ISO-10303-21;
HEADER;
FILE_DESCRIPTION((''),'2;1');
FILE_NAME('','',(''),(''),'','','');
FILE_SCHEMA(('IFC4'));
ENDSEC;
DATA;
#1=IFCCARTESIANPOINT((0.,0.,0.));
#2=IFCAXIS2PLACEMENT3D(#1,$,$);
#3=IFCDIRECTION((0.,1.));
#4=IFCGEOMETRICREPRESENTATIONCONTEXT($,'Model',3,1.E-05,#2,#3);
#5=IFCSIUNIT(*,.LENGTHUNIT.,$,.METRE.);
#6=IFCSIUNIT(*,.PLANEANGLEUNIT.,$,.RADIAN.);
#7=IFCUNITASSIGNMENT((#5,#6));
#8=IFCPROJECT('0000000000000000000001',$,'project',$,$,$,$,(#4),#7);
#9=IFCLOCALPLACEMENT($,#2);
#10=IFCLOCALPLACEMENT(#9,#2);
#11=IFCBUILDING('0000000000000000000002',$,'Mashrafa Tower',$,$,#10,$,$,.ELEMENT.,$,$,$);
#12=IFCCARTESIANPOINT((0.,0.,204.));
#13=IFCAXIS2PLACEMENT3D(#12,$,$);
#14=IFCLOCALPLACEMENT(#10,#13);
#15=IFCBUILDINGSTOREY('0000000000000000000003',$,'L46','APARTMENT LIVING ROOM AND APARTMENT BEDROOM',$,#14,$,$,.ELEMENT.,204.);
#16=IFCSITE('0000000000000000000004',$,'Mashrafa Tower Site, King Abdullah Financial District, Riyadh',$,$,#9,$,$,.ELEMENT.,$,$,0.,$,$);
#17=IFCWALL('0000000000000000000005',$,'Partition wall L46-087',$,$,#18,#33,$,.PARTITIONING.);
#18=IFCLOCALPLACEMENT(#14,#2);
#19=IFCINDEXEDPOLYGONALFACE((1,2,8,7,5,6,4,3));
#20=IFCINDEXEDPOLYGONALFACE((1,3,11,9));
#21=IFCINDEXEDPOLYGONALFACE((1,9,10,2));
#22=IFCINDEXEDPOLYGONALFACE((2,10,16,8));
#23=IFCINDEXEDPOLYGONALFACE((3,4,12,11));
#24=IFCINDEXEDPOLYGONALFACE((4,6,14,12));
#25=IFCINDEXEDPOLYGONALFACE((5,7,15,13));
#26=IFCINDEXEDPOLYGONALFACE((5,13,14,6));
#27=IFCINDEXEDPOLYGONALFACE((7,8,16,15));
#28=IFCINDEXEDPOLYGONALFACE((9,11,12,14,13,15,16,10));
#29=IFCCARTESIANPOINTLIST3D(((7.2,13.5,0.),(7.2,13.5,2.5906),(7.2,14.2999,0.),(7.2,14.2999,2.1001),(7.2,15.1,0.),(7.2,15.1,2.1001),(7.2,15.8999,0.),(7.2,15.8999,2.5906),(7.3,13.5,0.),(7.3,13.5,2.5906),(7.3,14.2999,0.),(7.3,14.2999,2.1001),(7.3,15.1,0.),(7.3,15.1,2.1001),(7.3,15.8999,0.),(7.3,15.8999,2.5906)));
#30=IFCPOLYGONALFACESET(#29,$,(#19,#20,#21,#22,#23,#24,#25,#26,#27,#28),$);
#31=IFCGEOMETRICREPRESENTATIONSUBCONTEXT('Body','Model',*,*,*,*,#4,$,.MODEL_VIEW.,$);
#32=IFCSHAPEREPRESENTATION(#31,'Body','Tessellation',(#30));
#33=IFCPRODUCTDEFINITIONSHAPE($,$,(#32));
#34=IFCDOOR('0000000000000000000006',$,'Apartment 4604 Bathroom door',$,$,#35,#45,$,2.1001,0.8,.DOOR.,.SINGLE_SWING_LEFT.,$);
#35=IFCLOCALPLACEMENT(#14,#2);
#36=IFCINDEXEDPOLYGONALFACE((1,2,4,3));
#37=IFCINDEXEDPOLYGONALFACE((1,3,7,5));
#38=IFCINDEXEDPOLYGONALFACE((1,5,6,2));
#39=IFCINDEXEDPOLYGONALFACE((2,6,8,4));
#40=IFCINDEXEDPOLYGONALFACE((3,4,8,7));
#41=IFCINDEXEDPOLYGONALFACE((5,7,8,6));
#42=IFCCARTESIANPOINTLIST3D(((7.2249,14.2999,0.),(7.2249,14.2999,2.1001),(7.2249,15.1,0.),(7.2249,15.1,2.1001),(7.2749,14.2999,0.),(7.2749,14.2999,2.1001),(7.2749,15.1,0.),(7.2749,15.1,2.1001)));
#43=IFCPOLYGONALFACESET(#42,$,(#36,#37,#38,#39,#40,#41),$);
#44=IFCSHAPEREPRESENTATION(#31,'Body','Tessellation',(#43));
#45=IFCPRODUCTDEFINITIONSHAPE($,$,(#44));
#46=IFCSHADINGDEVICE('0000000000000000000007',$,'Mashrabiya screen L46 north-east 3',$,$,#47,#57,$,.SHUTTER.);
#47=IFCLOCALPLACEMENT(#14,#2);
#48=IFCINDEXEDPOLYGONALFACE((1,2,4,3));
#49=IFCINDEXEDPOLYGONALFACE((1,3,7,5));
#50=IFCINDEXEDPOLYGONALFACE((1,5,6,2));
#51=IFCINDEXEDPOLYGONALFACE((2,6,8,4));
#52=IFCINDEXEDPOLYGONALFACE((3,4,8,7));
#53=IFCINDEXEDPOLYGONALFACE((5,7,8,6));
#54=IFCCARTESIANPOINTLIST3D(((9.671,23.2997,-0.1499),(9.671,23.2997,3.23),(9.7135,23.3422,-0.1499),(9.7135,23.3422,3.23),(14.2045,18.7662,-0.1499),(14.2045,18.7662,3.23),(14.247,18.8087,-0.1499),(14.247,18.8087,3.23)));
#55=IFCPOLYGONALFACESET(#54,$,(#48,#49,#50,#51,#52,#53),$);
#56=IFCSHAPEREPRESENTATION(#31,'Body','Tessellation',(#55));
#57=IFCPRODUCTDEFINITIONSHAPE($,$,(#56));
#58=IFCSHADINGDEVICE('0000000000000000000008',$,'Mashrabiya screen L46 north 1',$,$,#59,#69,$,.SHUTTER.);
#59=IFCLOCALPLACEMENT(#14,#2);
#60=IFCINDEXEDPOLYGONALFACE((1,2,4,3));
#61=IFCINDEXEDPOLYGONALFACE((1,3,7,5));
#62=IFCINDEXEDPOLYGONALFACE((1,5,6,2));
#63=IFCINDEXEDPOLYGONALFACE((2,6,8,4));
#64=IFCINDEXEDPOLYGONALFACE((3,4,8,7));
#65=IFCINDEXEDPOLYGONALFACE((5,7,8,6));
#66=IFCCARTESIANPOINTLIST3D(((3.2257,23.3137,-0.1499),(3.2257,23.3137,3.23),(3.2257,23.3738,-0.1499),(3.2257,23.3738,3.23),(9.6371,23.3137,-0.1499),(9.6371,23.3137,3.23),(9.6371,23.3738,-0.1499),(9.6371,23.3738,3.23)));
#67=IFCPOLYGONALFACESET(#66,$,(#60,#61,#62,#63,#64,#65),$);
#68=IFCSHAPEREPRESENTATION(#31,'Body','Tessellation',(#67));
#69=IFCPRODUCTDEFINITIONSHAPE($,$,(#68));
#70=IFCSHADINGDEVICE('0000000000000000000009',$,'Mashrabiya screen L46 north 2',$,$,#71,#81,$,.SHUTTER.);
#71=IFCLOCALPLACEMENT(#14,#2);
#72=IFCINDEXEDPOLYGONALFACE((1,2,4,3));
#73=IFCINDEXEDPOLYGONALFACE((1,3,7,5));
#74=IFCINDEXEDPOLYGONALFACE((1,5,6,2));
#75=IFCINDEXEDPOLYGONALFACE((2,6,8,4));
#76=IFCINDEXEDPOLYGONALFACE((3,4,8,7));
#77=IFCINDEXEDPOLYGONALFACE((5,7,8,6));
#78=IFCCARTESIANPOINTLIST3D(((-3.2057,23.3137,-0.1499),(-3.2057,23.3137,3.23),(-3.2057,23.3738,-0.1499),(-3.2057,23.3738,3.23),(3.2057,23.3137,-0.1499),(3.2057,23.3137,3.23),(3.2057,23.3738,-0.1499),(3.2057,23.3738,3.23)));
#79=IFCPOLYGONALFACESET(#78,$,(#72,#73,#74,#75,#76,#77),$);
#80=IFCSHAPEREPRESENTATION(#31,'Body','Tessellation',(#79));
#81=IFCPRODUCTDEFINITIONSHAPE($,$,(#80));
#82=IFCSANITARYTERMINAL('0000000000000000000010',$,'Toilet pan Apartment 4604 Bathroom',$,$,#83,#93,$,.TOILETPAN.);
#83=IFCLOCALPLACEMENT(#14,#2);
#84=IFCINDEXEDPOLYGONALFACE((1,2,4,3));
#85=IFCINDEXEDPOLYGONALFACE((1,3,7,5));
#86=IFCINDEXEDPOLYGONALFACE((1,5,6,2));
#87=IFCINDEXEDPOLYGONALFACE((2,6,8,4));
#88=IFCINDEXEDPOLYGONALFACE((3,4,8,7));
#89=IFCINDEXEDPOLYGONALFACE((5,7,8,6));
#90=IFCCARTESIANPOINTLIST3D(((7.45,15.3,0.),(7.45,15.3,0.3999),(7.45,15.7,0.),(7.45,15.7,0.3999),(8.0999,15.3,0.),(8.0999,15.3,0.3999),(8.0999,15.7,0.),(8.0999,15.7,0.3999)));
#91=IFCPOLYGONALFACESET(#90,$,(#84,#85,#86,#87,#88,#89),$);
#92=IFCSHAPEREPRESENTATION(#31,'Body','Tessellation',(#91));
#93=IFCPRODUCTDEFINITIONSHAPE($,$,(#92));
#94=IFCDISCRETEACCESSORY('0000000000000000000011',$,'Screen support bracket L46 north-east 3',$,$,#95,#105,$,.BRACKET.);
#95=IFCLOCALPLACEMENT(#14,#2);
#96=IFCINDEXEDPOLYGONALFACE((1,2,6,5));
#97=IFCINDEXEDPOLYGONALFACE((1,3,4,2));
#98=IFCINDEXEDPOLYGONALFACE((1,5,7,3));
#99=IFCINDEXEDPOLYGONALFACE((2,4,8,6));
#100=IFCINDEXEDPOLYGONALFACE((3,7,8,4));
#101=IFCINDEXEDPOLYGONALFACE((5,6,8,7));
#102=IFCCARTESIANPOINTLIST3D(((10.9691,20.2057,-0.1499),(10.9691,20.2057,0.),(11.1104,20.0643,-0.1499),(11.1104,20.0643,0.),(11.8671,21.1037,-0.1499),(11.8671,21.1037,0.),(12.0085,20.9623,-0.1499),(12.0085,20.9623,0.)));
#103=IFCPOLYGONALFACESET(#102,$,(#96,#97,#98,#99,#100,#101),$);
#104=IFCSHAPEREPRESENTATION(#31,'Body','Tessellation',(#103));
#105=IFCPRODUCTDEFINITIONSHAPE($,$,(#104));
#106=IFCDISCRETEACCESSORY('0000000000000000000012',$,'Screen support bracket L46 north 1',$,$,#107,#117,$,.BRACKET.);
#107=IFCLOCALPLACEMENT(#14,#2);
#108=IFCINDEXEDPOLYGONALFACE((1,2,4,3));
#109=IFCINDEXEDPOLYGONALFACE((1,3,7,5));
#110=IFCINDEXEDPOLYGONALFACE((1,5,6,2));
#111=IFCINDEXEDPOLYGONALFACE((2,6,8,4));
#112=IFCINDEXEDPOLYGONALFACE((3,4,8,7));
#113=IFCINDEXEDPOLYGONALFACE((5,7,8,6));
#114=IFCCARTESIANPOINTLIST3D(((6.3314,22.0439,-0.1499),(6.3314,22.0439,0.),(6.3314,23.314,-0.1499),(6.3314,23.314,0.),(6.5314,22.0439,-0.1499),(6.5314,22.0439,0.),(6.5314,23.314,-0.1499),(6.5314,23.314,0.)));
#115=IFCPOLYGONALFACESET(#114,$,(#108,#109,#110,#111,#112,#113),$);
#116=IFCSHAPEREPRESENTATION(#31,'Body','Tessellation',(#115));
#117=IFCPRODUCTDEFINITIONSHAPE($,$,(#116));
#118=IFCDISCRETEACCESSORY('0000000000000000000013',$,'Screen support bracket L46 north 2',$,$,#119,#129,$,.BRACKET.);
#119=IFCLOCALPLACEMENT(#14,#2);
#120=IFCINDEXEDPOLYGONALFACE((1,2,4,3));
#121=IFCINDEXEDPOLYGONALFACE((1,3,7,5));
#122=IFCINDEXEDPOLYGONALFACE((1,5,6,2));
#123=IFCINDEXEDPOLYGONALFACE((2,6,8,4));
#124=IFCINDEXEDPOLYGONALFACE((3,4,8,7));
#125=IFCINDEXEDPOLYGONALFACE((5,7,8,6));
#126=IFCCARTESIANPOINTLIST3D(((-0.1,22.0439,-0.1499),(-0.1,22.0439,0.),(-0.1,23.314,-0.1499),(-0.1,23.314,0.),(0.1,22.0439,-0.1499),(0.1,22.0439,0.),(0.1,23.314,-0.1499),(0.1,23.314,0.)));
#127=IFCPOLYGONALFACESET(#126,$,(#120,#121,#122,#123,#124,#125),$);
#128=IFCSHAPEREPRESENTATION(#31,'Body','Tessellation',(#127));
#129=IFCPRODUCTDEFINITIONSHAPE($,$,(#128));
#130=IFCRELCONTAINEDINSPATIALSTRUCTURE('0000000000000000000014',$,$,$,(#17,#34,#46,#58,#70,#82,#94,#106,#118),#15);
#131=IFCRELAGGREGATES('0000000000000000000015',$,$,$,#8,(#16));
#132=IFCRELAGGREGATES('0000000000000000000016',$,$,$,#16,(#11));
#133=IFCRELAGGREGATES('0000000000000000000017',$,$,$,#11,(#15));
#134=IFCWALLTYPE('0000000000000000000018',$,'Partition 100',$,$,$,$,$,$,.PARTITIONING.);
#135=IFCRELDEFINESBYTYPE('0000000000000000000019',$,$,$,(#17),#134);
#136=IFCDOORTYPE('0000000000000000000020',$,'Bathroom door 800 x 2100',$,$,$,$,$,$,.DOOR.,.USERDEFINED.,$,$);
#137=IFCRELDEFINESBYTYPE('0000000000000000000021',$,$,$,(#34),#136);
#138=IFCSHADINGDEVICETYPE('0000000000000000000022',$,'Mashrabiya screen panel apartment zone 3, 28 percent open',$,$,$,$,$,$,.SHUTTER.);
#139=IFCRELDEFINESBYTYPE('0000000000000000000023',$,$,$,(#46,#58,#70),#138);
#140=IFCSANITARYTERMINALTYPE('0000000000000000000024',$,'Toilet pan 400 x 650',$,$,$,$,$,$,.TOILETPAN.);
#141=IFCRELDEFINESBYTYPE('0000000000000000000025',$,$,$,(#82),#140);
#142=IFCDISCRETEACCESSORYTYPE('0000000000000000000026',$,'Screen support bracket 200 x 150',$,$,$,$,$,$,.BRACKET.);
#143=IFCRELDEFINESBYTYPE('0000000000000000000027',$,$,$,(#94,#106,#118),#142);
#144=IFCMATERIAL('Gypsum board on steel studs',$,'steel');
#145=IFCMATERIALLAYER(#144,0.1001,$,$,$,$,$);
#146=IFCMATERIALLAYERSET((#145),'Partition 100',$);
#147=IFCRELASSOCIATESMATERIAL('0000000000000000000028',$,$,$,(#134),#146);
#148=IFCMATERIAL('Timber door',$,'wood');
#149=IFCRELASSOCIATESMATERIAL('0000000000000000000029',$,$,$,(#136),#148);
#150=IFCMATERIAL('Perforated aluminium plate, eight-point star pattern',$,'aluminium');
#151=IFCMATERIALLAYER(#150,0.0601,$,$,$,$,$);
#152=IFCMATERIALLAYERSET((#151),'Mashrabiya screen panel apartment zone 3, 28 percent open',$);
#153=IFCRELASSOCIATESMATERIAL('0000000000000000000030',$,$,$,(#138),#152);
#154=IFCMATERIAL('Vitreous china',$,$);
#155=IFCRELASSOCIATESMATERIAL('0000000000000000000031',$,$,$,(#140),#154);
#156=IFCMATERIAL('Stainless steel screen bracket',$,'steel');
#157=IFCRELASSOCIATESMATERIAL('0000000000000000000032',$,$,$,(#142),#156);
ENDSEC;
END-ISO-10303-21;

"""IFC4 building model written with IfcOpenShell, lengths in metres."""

from ifc_helpers import new_model, si_unit, direction, frame, frame_2d, origin, origin_2d, place, context, subcontext, project, spatial, rectangle, extrude, source, transform, mapped, material, layer, layer_set, type_object, type_shapes, element, fill, save


model = new_model("IFC4")

# Units and contexts
model_context = context("Model", 3, precision=1e-05, world=origin(), true_north=direction((0.0, 1.0)))
body_context = subcontext(model_context, "Body", "Model", "MODEL_VIEW")
ifc_project = project(units=[si_unit("LENGTHUNIT", "METRE"), si_unit("PLANEANGLEUNIT", "RADIAN")], contexts=[model_context])

# Site, building, storey
site_placement = place(None, origin())
site = spatial("IfcSite", under=ifc_project, at=site_placement, Name="Mashrafa Tower Site, King Abdullah Financial District, Riyadh", CompositionType="ELEMENT", RefElevation=0.0)
building_placement = place(site_placement, origin())
building = spatial("IfcBuilding", under=site, at=building_placement, Name="Mashrafa Tower", CompositionType="ELEMENT")
storey_placement = place(building_placement, frame((0.0, 0.0, 204.0)))
storey = spatial("IfcBuildingStorey", under=building, at=storey_placement, Name="L46", Description="APARTMENT LIVING ROOM AND APARTMENT BEDROOM", CompositionType="ELEMENT", Elevation=204.0)

# Shared definitions
ifc_material_1 = material(Name="Gypsum board on steel studs", Category="steel")
ifc_layer_1 = layer(ifc_material_1, 0.1001)
ifc_layer_set_1 = layer_set([ifc_layer_1], Name="Partition 100")
wall_type_1 = type_object("IfcWallType", Name="Partition 100", PredefinedType="PARTITIONING", material=ifc_layer_set_1)

# Wall, opening, door
wall_1_placement = place(storey_placement, frame((7.25, 15.8999, 0.0), z_axis=(0.0, 0.0, 1.0), x_axis=(0.0, -1.0, 0.0)))
wall_1 = element("IfcWall", 1, at=wall_1_placement, inside=storey, type_object=wall_type_1, Name="Partition wall L46-087", PredefinedType="PARTITIONING", context=body_context, shape_type="SweptSolid", body=[
    extrude(rectangle(XDim=2.3999, YDim=0.1001, at=frame_2d((1.2, 0.0))), origin(), (0.0, 0.0, 1.0), 2.5906),
])
opening_1_placement = place(wall_1_placement, frame((0.8, 0.0, 0.0)))
opening_1 = element("IfcOpeningElement", 2, at=opening_1_placement, cuts=wall_1, PredefinedType="OPENING", context=body_context, shape_type="SweptSolid", body=[
    extrude(rectangle(XDim=0.8, YDim=2.1001, at=frame_2d((0.3999, 1.05))), frame((0.0, 0.0601, 0.0), z_axis=(0.0, -1.0, 0.0), x_axis=(1.0, 0.0, 0.0)), (0.0, 0.0, 1.0), 0.1201),
])
ifc_material_2 = material(Name="Timber door", Category="wood")
door_type_1 = type_object("IfcDoorType", Name="Bathroom door 800 x 2100", OperationType="USERDEFINED", PredefinedType="DOOR", material=ifc_material_2)
door_1_placement = place(opening_1_placement, origin())
door_1 = element("IfcDoor", 3, at=door_1_placement, inside=storey, type_object=door_type_1, Name="Apartment 4604 Bathroom door", OperationType="SINGLE_SWING_LEFT", OverallHeight=2.1001, OverallWidth=0.8, PredefinedType="DOOR", context=body_context, shape_type="SweptSolid", body=[
    extrude(rectangle(XDim=0.8, YDim=2.1001, at=frame_2d((0.3999, 1.05))), frame((0.0, 0.0249, 0.0), z_axis=(0.0, -1.0, 0.0), x_axis=(1.0, 0.0, 0.0)), (0.0, 0.0, 1.0), 0.05),
])
fill(opening_1, door_1)

# Shading devices
ifc_material_3 = material(Name="Perforated aluminium plate, eight-point star pattern", Category="aluminium")
ifc_layer_2 = layer(ifc_material_3, 0.0601)
ifc_layer_set_2 = layer_set([ifc_layer_2], Name="Mashrabiya screen panel apartment zone 3, 28 percent open")
shading_device_type = type_object("IfcShadingDeviceType", Name="Mashrabiya screen panel apartment zone 3, 28 percent open", PredefinedType="SHUTTER", material=ifc_layer_set_2)
shared_shape_1 = source(origin(), body_context, "Body", "SweptSolid", [
    extrude(rectangle(XDim=6.4114, YDim=0.0601, at=origin_2d()), origin(), (0.0, 0.0, 1.0), 3.3799),
])
type_shapes(shading_device_type, [shared_shape_1])
for number, where, z_axis, x_axis, name in (
    (4, (11.959, 21.0542, -0.1499), (0.0, 0.0, 1.0), (-0.707107, 0.707107, 0.0), "Mashrabiya screen L46 north-east 3"),
    (5, (6.4314, 23.3438, -0.1499), (0.0, 0.0, 1.0), (-1.0, 0.0, 0.0), "Mashrabiya screen L46 north 1"),
    (6, (0.0, 23.3438, -0.1499), (0.0, 0.0, 1.0), (-1.0, 0.0, 0.0), "Mashrabiya screen L46 north 2"),
):
    element("IfcShadingDevice", number, at=place(storey_placement, frame(where, z_axis=z_axis, x_axis=x_axis)), inside=storey, type_object=shading_device_type, Name=name, PredefinedType="SHUTTER", context=body_context, shape_type="MappedRepresentation", body=[
        mapped(shared_shape_1, transform((0.0, 0.0, 0.0))),
    ])

# Sanitary terminal
ifc_material_4 = material(Name="Vitreous china")
sanitary_terminal_type = type_object("IfcSanitaryTerminalType", Name="Toilet pan 400 x 650", PredefinedType="TOILETPAN", material=ifc_material_4)
sanitary_terminal_placement = place(storey_placement, frame((7.7749, 15.5, 0.0), z_axis=(0.0, 0.0, 1.0), x_axis=(0.0, -1.0, 0.0)))
element("IfcSanitaryTerminal", 7, at=sanitary_terminal_placement, inside=storey, type_object=sanitary_terminal_type, Name="Toilet pan Apartment 4604 Bathroom", PredefinedType="TOILETPAN", context=body_context, shape_type="SweptSolid", body=[
    extrude(rectangle(XDim=0.3999, YDim=0.6499, at=origin_2d()), origin(), (0.0, 0.0, 1.0), 0.3999),
])

# Discrete accessories
ifc_material_5 = material(Name="Stainless steel screen bracket", Category="steel")
discrete_accessory_type = type_object("IfcDiscreteAccessoryType", Name="Screen support bracket 200 x 150", PredefinedType="BRACKET", material=ifc_material_5)
shared_shape_2 = source(origin(), body_context, "Body", "SweptSolid", [
    extrude(rectangle(XDim=0.2, YDim=1.27, at=origin_2d()), origin(), (0.0, 0.0, 1.0), 0.1499),
])
type_shapes(discrete_accessory_type, [shared_shape_2])
for number, where, z_axis, x_axis, name in (
    (8, (11.4888, 20.584, -0.1499), (0.0, 0.0, 1.0), (-0.707107, 0.707107, 0.0), "Screen support bracket L46 north-east 3"),
    (9, (6.4314, 22.679, -0.1499), (0.0, 0.0, 1.0), (-1.0, 0.0, 0.0), "Screen support bracket L46 north 1"),
    (10, (0.0, 22.679, -0.1499), (0.0, 0.0, 1.0), (-1.0, 0.0, 0.0), "Screen support bracket L46 north 2"),
):
    element("IfcDiscreteAccessory", number, at=place(storey_placement, frame(where, z_axis=z_axis, x_axis=x_axis)), inside=storey, type_object=discrete_accessory_type, Name=name, PredefinedType="BRACKET", context=body_context, shape_type="MappedRepresentation", body=[
        mapped(shared_shape_2, transform((0.0, 0.0, 0.0))),
    ])

save(model, "model.ifc")
